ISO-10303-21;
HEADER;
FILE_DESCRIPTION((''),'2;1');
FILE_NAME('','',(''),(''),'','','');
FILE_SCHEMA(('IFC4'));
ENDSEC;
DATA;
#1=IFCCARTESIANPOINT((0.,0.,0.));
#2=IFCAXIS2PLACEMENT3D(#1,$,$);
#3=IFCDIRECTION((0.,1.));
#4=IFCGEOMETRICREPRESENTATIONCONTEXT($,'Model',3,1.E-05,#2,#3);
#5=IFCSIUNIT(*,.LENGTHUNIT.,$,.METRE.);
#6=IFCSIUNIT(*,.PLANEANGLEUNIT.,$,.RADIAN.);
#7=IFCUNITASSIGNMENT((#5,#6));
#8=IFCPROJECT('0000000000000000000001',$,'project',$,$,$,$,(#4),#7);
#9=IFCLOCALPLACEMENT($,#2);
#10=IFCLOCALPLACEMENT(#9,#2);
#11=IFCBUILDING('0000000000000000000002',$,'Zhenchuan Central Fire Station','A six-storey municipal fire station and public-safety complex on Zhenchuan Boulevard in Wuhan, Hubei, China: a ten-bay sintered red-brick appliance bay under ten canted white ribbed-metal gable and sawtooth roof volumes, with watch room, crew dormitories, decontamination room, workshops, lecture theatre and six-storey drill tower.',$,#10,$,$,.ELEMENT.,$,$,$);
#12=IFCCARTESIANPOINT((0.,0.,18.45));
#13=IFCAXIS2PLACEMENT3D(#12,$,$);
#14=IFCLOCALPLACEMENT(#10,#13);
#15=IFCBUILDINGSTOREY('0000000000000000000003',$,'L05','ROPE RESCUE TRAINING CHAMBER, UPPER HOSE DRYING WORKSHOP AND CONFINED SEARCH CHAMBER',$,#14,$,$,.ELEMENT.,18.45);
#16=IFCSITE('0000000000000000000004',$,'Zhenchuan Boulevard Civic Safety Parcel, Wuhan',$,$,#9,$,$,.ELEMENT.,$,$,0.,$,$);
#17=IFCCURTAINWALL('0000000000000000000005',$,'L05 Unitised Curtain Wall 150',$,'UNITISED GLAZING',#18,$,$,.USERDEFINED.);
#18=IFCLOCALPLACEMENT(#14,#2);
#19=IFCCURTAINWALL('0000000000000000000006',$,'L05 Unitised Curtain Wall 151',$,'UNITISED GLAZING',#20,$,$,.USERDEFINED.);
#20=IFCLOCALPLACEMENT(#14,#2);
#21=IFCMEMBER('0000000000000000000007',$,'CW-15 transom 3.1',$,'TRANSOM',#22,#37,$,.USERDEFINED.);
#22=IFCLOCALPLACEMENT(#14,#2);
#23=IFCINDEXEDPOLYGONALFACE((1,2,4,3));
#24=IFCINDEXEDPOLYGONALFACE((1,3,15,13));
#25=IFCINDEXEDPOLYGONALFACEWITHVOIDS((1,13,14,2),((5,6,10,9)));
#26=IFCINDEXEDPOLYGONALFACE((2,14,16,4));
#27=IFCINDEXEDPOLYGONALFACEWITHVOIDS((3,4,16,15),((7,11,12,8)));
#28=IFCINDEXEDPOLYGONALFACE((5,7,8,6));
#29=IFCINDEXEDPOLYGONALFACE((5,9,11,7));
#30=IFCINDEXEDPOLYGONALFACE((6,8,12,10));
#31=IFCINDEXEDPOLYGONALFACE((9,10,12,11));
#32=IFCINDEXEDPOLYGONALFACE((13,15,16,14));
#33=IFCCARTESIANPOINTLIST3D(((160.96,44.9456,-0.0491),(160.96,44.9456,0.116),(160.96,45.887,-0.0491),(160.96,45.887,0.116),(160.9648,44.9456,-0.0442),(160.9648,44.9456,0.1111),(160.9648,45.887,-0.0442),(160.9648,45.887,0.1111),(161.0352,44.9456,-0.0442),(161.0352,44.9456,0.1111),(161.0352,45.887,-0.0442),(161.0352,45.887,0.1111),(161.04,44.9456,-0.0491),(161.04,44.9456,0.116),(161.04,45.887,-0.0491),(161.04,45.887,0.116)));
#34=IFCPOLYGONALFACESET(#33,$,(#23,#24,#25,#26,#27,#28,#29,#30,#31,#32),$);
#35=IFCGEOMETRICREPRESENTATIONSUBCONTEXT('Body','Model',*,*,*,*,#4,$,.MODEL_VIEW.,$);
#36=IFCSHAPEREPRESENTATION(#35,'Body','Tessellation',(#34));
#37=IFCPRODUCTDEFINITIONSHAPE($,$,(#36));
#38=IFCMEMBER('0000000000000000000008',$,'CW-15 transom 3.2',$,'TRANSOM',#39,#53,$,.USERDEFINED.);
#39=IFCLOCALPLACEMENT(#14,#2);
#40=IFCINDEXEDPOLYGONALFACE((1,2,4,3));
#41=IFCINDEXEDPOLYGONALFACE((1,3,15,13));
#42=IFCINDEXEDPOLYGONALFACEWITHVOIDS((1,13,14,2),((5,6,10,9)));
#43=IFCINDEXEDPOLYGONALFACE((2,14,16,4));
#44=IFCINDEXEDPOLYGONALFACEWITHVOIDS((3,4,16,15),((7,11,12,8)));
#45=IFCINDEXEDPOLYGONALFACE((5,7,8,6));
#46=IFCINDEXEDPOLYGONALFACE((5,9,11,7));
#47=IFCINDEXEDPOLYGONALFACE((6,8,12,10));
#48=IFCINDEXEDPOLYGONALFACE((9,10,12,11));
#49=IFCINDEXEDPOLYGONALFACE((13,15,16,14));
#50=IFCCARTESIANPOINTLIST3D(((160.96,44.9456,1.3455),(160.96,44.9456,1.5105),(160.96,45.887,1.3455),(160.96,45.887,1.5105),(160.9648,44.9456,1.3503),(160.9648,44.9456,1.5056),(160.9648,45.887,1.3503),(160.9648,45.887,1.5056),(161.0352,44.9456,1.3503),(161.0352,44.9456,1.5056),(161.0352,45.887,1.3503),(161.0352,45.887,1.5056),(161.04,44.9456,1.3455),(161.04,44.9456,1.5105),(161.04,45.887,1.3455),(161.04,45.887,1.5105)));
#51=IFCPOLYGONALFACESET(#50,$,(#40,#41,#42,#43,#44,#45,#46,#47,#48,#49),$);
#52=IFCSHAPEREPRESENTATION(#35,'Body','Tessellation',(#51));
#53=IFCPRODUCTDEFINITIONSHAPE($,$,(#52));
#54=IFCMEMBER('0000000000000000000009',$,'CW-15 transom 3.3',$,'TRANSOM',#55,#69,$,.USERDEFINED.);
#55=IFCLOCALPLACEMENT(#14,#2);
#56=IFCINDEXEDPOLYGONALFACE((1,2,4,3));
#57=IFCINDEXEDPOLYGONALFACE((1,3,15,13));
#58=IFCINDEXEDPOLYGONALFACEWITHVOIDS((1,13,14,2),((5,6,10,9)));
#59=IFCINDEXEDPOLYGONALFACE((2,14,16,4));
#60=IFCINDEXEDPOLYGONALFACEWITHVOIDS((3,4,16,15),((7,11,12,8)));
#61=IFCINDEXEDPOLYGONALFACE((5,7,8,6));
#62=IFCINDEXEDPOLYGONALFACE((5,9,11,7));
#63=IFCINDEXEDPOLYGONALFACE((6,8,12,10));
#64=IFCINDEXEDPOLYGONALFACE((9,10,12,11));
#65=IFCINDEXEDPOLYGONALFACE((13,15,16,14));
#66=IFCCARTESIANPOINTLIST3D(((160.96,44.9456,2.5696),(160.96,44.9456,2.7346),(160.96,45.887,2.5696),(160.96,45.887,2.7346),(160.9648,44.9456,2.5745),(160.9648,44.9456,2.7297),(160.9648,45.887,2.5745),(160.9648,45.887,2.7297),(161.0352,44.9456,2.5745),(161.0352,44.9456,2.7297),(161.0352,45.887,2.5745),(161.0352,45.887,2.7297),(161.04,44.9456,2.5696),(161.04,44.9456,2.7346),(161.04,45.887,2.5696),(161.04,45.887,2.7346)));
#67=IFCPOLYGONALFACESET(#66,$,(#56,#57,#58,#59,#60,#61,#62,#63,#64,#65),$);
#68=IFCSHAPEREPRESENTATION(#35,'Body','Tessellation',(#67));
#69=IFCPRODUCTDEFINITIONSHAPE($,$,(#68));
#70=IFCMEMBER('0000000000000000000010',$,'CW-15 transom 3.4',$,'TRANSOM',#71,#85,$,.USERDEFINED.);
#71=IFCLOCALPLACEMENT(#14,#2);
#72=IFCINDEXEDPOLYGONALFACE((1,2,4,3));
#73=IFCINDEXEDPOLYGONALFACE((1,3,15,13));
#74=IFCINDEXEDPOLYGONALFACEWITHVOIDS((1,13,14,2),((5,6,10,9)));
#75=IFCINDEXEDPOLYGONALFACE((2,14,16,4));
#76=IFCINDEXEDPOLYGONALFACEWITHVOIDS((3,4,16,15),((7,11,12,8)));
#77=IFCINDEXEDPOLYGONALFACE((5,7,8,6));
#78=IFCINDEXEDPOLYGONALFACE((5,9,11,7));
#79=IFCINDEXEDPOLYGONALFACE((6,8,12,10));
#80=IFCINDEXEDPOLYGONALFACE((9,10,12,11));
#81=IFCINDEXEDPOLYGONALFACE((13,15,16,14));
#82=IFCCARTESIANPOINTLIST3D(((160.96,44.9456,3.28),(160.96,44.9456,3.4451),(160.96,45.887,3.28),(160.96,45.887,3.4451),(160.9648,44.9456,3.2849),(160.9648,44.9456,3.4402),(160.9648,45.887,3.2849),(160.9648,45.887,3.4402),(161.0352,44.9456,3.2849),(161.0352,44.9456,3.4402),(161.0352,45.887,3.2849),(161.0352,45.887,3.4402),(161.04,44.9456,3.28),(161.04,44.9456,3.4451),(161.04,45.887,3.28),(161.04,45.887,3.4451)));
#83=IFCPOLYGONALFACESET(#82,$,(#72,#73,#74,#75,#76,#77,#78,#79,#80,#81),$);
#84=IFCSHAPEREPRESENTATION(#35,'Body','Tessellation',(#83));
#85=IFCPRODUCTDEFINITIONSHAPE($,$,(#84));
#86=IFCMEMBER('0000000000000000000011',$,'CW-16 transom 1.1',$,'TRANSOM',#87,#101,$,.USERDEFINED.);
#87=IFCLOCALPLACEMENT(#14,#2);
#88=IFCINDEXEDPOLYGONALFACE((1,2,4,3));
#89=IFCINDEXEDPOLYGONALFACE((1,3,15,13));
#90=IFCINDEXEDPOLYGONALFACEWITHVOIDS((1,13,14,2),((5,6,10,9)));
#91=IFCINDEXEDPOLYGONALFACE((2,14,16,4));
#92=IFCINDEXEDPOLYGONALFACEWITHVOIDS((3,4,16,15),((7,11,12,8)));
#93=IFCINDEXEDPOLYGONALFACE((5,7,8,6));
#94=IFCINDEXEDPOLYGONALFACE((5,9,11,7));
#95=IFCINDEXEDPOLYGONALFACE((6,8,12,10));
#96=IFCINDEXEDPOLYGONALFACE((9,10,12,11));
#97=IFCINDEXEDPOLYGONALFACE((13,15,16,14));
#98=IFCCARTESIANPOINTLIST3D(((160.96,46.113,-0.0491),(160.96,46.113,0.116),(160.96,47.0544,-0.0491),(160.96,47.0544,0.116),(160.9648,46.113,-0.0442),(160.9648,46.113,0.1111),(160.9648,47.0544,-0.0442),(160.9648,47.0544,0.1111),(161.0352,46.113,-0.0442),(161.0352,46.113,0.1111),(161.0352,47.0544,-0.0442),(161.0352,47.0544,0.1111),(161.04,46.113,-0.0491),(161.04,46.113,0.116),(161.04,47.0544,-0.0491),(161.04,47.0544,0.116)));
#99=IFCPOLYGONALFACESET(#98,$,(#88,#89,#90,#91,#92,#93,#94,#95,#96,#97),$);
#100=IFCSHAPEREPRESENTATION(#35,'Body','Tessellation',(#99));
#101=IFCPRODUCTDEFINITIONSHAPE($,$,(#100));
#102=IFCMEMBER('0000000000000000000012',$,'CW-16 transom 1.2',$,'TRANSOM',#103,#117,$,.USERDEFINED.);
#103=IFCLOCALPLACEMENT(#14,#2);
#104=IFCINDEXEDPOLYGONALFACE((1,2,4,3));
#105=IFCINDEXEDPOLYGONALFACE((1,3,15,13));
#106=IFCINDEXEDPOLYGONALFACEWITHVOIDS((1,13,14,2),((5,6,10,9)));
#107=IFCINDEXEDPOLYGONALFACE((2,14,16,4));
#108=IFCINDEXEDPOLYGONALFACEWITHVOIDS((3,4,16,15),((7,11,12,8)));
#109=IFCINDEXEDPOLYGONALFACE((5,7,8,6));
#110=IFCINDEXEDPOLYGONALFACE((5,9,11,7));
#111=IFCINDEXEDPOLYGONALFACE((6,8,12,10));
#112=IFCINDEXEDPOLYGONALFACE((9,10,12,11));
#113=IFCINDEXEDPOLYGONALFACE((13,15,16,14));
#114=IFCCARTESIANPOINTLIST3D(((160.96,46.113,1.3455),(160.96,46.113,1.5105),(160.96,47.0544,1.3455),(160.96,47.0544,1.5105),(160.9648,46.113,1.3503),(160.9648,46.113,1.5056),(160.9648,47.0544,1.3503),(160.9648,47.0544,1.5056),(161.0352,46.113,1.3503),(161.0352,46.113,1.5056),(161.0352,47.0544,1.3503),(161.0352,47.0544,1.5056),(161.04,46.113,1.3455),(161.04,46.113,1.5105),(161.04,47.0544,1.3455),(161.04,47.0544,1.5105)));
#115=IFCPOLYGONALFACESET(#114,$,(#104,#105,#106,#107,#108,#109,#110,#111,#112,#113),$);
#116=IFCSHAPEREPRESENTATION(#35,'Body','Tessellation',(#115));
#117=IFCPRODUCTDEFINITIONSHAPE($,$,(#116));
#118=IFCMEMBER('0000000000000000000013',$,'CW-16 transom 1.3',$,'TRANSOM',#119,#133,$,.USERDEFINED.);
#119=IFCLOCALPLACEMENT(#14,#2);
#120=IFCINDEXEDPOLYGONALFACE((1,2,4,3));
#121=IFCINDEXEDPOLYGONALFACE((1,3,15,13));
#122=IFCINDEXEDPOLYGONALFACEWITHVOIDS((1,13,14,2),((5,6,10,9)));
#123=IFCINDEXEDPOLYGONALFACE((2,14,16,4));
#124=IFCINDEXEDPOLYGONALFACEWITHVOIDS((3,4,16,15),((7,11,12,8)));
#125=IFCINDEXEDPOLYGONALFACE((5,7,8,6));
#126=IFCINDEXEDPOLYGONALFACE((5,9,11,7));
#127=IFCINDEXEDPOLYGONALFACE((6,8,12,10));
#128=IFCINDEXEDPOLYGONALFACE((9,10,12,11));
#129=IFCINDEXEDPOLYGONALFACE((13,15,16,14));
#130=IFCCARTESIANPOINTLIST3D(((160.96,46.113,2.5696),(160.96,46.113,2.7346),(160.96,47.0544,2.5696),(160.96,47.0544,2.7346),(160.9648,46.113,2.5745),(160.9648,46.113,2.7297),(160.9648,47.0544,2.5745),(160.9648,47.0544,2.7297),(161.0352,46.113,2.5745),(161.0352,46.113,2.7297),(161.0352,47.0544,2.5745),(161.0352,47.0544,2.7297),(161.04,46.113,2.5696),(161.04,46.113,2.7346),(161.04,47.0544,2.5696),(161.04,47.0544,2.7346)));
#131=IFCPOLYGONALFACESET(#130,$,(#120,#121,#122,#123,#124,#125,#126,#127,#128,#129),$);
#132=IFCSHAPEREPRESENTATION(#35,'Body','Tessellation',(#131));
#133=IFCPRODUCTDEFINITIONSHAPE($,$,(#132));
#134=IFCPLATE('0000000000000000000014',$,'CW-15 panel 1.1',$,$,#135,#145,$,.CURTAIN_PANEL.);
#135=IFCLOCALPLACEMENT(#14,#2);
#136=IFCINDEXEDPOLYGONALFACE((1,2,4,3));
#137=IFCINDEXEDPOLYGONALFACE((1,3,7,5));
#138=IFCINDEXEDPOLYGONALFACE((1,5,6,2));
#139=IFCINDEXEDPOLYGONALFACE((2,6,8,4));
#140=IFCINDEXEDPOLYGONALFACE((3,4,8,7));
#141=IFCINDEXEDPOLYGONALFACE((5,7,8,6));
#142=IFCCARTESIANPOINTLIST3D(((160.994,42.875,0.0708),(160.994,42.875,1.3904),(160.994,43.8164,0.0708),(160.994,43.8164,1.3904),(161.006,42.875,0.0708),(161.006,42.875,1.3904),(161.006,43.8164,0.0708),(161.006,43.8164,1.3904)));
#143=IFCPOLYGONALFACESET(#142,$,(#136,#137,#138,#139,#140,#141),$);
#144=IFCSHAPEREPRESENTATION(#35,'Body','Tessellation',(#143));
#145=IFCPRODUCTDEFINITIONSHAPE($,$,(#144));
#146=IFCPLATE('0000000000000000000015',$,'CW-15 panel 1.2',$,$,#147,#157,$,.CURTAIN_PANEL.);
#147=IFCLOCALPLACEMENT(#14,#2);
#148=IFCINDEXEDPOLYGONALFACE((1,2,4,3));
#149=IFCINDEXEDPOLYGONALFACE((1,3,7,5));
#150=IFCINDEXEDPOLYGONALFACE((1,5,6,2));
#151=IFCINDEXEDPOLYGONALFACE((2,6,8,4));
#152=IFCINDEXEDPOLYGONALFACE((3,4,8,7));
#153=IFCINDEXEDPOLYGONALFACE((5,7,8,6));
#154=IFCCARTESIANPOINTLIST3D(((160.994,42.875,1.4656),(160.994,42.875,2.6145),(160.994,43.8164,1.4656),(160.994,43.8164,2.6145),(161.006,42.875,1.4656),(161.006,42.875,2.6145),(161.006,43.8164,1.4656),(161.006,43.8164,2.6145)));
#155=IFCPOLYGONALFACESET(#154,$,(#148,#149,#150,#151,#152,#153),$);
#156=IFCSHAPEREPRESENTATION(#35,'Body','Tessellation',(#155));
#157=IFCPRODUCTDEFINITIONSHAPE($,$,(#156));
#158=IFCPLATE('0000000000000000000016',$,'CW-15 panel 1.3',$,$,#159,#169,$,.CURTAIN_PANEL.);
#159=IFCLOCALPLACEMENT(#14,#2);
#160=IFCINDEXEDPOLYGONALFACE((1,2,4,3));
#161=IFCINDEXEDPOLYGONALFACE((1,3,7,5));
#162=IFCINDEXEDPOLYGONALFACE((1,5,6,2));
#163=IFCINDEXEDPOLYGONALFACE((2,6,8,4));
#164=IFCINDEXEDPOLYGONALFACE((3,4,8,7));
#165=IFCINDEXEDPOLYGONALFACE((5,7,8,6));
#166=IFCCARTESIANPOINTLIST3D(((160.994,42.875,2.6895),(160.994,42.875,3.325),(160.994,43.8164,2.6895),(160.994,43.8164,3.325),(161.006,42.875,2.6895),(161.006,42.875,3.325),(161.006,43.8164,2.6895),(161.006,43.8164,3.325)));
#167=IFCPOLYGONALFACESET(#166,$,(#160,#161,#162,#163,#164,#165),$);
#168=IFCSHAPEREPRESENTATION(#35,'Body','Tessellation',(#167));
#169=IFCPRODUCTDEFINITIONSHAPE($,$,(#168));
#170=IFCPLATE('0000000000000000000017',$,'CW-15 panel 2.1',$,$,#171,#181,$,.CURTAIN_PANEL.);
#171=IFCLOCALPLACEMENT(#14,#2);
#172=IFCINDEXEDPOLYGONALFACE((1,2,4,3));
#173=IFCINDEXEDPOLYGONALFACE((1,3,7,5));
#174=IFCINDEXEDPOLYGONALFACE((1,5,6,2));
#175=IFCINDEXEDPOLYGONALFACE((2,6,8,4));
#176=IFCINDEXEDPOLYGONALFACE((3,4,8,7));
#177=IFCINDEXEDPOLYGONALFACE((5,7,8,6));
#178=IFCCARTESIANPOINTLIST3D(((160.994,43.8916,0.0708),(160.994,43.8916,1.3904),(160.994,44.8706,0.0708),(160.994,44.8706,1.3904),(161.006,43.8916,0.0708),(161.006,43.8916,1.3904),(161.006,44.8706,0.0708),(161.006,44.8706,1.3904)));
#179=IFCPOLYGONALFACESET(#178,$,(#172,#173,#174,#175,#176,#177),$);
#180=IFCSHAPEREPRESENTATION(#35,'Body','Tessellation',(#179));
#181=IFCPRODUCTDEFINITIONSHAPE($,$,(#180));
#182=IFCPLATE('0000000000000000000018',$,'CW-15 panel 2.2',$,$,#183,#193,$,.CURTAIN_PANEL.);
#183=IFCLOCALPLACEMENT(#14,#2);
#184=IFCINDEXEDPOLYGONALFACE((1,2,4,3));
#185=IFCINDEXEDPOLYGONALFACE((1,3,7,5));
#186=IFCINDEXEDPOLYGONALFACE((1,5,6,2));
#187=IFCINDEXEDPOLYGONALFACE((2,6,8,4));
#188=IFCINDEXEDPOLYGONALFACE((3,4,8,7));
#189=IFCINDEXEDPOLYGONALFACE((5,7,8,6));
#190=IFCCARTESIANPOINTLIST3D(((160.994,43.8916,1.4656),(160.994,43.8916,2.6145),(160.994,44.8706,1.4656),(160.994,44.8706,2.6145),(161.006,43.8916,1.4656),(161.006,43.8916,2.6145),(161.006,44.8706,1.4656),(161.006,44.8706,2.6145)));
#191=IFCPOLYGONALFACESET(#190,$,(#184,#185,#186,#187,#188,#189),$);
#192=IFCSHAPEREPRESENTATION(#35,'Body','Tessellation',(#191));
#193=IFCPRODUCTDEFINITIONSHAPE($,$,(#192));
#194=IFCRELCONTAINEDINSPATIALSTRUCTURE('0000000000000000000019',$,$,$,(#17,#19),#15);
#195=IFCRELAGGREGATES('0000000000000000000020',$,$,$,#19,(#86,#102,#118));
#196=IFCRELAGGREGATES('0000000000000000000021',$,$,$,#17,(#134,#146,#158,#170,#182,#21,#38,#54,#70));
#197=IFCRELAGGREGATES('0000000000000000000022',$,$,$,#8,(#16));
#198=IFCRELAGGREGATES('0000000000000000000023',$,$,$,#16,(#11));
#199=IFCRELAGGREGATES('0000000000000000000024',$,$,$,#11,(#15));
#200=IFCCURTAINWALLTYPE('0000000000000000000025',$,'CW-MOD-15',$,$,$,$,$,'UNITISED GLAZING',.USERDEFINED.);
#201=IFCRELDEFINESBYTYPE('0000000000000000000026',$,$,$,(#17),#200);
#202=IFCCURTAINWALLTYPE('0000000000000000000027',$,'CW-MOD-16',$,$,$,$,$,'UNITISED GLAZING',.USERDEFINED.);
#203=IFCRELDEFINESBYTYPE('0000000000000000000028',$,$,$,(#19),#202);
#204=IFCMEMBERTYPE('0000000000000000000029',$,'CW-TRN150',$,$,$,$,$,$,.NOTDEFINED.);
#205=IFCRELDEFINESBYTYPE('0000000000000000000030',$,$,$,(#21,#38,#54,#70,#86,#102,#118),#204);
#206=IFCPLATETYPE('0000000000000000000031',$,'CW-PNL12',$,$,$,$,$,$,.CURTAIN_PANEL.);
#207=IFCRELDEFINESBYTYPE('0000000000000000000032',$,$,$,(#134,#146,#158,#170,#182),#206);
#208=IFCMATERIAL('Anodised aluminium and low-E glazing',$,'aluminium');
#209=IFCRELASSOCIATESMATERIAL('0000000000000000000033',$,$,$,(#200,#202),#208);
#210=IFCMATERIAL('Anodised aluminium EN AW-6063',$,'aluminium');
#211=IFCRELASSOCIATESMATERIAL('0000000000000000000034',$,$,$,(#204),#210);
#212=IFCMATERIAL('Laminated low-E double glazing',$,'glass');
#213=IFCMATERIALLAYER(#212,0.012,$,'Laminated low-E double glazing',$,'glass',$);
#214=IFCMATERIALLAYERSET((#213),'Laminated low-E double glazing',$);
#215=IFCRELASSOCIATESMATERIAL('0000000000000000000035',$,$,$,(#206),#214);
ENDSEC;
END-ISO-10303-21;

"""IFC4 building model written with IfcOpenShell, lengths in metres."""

from ifc_helpers import new_model, si_unit, direction, frame, origin, origin_2d, place, context, subcontext, project, spatial, rectangle, hollow_rectangle, extrude, material, layer, layer_set, material_profile, profile_set, type_object, element, aggregate, save


model = new_model("IFC4")

# Units and contexts
model_context = context("Model", 3, precision=1e-05, world=origin(), true_north=direction((0.0, 1.0)))
body_context = subcontext(model_context, "Body", "Model", "MODEL_VIEW")
ifc_project = project(units=[si_unit("LENGTHUNIT", "METRE"), si_unit("PLANEANGLEUNIT", "RADIAN")], contexts=[model_context])

# Site, building, storey
site_placement = place(None, origin())
site = spatial("IfcSite", under=ifc_project, at=site_placement, Name="Zhenchuan Boulevard Civic Safety Parcel, Wuhan", CompositionType="ELEMENT", RefElevation=0.0)
building_placement = place(site_placement, origin())
building = spatial("IfcBuilding", under=site, at=building_placement, Name="Zhenchuan Central Fire Station", Description="A six-storey municipal fire station and public-safety complex on Zhenchuan Boulevard in Wuhan, Hubei, China: a ten-bay sintered red-brick appliance bay under ten canted white ribbed-metal gable and sawtooth roof volumes, with watch room, crew dormitories, decontamination room, workshops, lecture theatre and six-storey drill tower.", CompositionType="ELEMENT")
storey_placement = place(building_placement, frame((0.0, 0.0, 18.45)))
storey = spatial("IfcBuildingStorey", under=building, at=storey_placement, Name="L05", Description="ROPE RESCUE TRAINING CHAMBER, UPPER HOSE DRYING WORKSHOP AND CONFINED SEARCH CHAMBER", CompositionType="ELEMENT", Elevation=18.45)

# Curtain wall
ifc_material_1 = material(Name="Anodised aluminium and low-E glazing", Category="aluminium")
curtain_wall_type_1 = type_object("IfcCurtainWallType", Name="CW-MOD-15", ElementType="UNITISED GLAZING", PredefinedType="USERDEFINED", material=ifc_material_1)
curtain_wall_1_placement = place(storey_placement, origin())
curtain_wall_1 = element("IfcCurtainWall", 1, at=curtain_wall_1_placement, inside=storey, type_object=curtain_wall_type_1, Name="L05 Unitised Curtain Wall 150", ObjectType="UNITISED GLAZING", PredefinedType="USERDEFINED")
ifc_material_2 = material(Name="Anodised aluminium EN AW-6063", Category="aluminium")

# Curtain wall
curtain_wall_type_2 = type_object("IfcCurtainWallType", Name="CW-MOD-16", ElementType="UNITISED GLAZING", PredefinedType="USERDEFINED", material=ifc_material_1)
curtain_wall_2_placement = place(storey_placement, origin())
curtain_wall_2 = element("IfcCurtainWall", 2, at=curtain_wall_2_placement, inside=storey, type_object=curtain_wall_type_2, Name="L05 Unitised Curtain Wall 151", ObjectType="UNITISED GLAZING", PredefinedType="USERDEFINED")

# Members
ifc_material_profile_1 = material_profile(ifc_material_2, hollow_rectangle(XDim=0.0801, YDim=0.165, WallThickness=0.0049, at=origin_2d()), Name="ALU-T 165x80")
ifc_profile_set_1 = profile_set([ifc_material_profile_1], Name="Anodised aluminium EN AW-6063")
member_type_1 = type_object("IfcMemberType", Name="CW-TRN150", PredefinedType="NOTDEFINED", material=ifc_profile_set_1)
member_1_placement = place(storey_placement, frame((161.0, 44.9456, 0.0334), z_axis=(0.0, 1.0, 0.0), x_axis=(-1.0, 0.0, 0.0)))
member_1 = element("IfcMember", 3, at=member_1_placement, type_object=member_type_1, Name="CW-15 transom 3.1", ObjectType="TRANSOM", PredefinedType="USERDEFINED", context=body_context, shape_type="SweptSolid", body=[
    extrude(hollow_rectangle(XDim=0.0801, YDim=0.165, WallThickness=0.0049, at=origin_2d()), origin(), (0.0, 0.0, 1.0), 0.9414),
])
member_2_placement = place(storey_placement, frame((161.0, 44.9456, 1.428), z_axis=(0.0, 1.0, 0.0), x_axis=(-1.0, 0.0, 0.0)))
member_2 = element("IfcMember", 4, at=member_2_placement, type_object=member_type_1, Name="CW-15 transom 3.2", ObjectType="TRANSOM", PredefinedType="USERDEFINED", context=body_context, shape_type="SweptSolid", body=[
    extrude(hollow_rectangle(XDim=0.0801, YDim=0.165, WallThickness=0.0049, at=origin_2d()), origin(), (0.0, 0.0, 1.0), 0.9414),
])
member_3_placement = place(storey_placement, frame((161.0, 44.9456, 2.6521), z_axis=(0.0, 1.0, 0.0), x_axis=(-1.0, 0.0, 0.0)))
member_3 = element("IfcMember", 5, at=member_3_placement, type_object=member_type_1, Name="CW-15 transom 3.3", ObjectType="TRANSOM", PredefinedType="USERDEFINED", context=body_context, shape_type="SweptSolid", body=[
    extrude(hollow_rectangle(XDim=0.0801, YDim=0.165, WallThickness=0.0049, at=origin_2d()), origin(), (0.0, 0.0, 1.0), 0.9414),
])
member_4_placement = place(storey_placement, frame((161.0, 44.9456, 3.3625), z_axis=(0.0, 1.0, 0.0), x_axis=(-1.0, 0.0, 0.0)))
member_4 = element("IfcMember", 6, at=member_4_placement, type_object=member_type_1, Name="CW-15 transom 3.4", ObjectType="TRANSOM", PredefinedType="USERDEFINED", context=body_context, shape_type="SweptSolid", body=[
    extrude(hollow_rectangle(XDim=0.0801, YDim=0.165, WallThickness=0.0049, at=origin_2d()), origin(), (0.0, 0.0, 1.0), 0.9414),
])
member_5_placement = place(storey_placement, frame((161.0, 46.113, 0.0334), z_axis=(0.0, 1.0, 0.0), x_axis=(-1.0, 0.0, 0.0)))
member_5 = element("IfcMember", 7, at=member_5_placement, type_object=member_type_1, Name="CW-16 transom 1.1", ObjectType="TRANSOM", PredefinedType="USERDEFINED", context=body_context, shape_type="SweptSolid", body=[
    extrude(hollow_rectangle(XDim=0.0801, YDim=0.165, WallThickness=0.0049, at=origin_2d()), origin(), (0.0, 0.0, 1.0), 0.9414),
])
member_6_placement = place(storey_placement, frame((161.0, 46.113, 1.428), z_axis=(0.0, 1.0, 0.0), x_axis=(-1.0, 0.0, 0.0)))
member_6 = element("IfcMember", 8, at=member_6_placement, type_object=member_type_1, Name="CW-16 transom 1.2", ObjectType="TRANSOM", PredefinedType="USERDEFINED", context=body_context, shape_type="SweptSolid", body=[
    extrude(hollow_rectangle(XDim=0.0801, YDim=0.165, WallThickness=0.0049, at=origin_2d()), origin(), (0.0, 0.0, 1.0), 0.9414),
])
member_7_placement = place(storey_placement, frame((161.0, 46.113, 2.6521), z_axis=(0.0, 1.0, 0.0), x_axis=(-1.0, 0.0, 0.0)))
member_7 = element("IfcMember", 9, at=member_7_placement, type_object=member_type_1, Name="CW-16 transom 1.3", ObjectType="TRANSOM", PredefinedType="USERDEFINED", context=body_context, shape_type="SweptSolid", body=[
    extrude(hollow_rectangle(XDim=0.0801, YDim=0.165, WallThickness=0.0049, at=origin_2d()), origin(), (0.0, 0.0, 1.0), 0.9414),
])
aggregate(curtain_wall_2, [member_5, member_6, member_7])

# Plates
ifc_material_3 = material(Name="Laminated low-E double glazing", Category="glass")
ifc_layer_1 = layer(ifc_material_3, 0.012, Name="Laminated low-E double glazing", Category="glass")
ifc_layer_set_1 = layer_set([ifc_layer_1], Name="Laminated low-E double glazing")
plate_type = type_object("IfcPlateType", Name="CW-PNL12", PredefinedType="CURTAIN_PANEL", material=ifc_layer_set_1)
plate_1_placement = place(storey_placement, frame((161.0, 43.3457, 0.0708), z_axis=(0.0, 0.0, 1.0), x_axis=(0.0, 1.0, 0.0)))
plate_1 = element("IfcPlate", 10, at=plate_1_placement, type_object=plate_type, Name="CW-15 panel 1.1", PredefinedType="CURTAIN_PANEL", context=body_context, shape_type="SweptSolid", body=[
    extrude(rectangle(XDim=0.9414, YDim=0.012, at=origin_2d()), origin(), (0.0, 0.0, 1.0), 1.3196),
])
plate_2_placement = place(storey_placement, frame((161.0, 43.3457, 1.4656), z_axis=(0.0, 0.0, 1.0), x_axis=(0.0, 1.0, 0.0)))
plate_2 = element("IfcPlate", 11, at=plate_2_placement, type_object=plate_type, Name="CW-15 panel 1.2", PredefinedType="CURTAIN_PANEL", context=body_context, shape_type="SweptSolid", body=[
    extrude(rectangle(XDim=0.9414, YDim=0.012, at=origin_2d()), origin(), (0.0, 0.0, 1.0), 1.1489),
])
plate_3_placement = place(storey_placement, frame((161.0, 43.3457, 2.6895), z_axis=(0.0, 0.0, 1.0), x_axis=(0.0, 1.0, 0.0)))
plate_3 = element("IfcPlate", 12, at=plate_3_placement, type_object=plate_type, Name="CW-15 panel 1.3", PredefinedType="CURTAIN_PANEL", context=body_context, shape_type="SweptSolid", body=[
    extrude(rectangle(XDim=0.9414, YDim=0.012, at=origin_2d()), origin(), (0.0, 0.0, 1.0), 0.6355),
])
plate_4_placement = place(storey_placement, frame((161.0, 44.3811, 0.0708), z_axis=(0.0, 0.0, 1.0), x_axis=(0.0, 1.0, 0.0)))
plate_4 = element("IfcPlate", 13, at=plate_4_placement, type_object=plate_type, Name="CW-15 panel 2.1", PredefinedType="CURTAIN_PANEL", context=body_context, shape_type="SweptSolid", body=[
    extrude(rectangle(XDim=0.979, YDim=0.012, at=origin_2d()), origin(), (0.0, 0.0, 1.0), 1.3196),
])
plate_5_placement = place(storey_placement, frame((161.0, 44.3811, 1.4656), z_axis=(0.0, 0.0, 1.0), x_axis=(0.0, 1.0, 0.0)))
plate_5 = element("IfcPlate", 14, at=plate_5_placement, type_object=plate_type, Name="CW-15 panel 2.2", PredefinedType="CURTAIN_PANEL", context=body_context, shape_type="SweptSolid", body=[
    extrude(rectangle(XDim=0.979, YDim=0.012, at=origin_2d()), origin(), (0.0, 0.0, 1.0), 1.1489),
])
aggregate(curtain_wall_1, [plate_1, plate_2, plate_3, plate_4, plate_5, member_1, member_2, member_3, member_4])

save(model, "model.ifc")
